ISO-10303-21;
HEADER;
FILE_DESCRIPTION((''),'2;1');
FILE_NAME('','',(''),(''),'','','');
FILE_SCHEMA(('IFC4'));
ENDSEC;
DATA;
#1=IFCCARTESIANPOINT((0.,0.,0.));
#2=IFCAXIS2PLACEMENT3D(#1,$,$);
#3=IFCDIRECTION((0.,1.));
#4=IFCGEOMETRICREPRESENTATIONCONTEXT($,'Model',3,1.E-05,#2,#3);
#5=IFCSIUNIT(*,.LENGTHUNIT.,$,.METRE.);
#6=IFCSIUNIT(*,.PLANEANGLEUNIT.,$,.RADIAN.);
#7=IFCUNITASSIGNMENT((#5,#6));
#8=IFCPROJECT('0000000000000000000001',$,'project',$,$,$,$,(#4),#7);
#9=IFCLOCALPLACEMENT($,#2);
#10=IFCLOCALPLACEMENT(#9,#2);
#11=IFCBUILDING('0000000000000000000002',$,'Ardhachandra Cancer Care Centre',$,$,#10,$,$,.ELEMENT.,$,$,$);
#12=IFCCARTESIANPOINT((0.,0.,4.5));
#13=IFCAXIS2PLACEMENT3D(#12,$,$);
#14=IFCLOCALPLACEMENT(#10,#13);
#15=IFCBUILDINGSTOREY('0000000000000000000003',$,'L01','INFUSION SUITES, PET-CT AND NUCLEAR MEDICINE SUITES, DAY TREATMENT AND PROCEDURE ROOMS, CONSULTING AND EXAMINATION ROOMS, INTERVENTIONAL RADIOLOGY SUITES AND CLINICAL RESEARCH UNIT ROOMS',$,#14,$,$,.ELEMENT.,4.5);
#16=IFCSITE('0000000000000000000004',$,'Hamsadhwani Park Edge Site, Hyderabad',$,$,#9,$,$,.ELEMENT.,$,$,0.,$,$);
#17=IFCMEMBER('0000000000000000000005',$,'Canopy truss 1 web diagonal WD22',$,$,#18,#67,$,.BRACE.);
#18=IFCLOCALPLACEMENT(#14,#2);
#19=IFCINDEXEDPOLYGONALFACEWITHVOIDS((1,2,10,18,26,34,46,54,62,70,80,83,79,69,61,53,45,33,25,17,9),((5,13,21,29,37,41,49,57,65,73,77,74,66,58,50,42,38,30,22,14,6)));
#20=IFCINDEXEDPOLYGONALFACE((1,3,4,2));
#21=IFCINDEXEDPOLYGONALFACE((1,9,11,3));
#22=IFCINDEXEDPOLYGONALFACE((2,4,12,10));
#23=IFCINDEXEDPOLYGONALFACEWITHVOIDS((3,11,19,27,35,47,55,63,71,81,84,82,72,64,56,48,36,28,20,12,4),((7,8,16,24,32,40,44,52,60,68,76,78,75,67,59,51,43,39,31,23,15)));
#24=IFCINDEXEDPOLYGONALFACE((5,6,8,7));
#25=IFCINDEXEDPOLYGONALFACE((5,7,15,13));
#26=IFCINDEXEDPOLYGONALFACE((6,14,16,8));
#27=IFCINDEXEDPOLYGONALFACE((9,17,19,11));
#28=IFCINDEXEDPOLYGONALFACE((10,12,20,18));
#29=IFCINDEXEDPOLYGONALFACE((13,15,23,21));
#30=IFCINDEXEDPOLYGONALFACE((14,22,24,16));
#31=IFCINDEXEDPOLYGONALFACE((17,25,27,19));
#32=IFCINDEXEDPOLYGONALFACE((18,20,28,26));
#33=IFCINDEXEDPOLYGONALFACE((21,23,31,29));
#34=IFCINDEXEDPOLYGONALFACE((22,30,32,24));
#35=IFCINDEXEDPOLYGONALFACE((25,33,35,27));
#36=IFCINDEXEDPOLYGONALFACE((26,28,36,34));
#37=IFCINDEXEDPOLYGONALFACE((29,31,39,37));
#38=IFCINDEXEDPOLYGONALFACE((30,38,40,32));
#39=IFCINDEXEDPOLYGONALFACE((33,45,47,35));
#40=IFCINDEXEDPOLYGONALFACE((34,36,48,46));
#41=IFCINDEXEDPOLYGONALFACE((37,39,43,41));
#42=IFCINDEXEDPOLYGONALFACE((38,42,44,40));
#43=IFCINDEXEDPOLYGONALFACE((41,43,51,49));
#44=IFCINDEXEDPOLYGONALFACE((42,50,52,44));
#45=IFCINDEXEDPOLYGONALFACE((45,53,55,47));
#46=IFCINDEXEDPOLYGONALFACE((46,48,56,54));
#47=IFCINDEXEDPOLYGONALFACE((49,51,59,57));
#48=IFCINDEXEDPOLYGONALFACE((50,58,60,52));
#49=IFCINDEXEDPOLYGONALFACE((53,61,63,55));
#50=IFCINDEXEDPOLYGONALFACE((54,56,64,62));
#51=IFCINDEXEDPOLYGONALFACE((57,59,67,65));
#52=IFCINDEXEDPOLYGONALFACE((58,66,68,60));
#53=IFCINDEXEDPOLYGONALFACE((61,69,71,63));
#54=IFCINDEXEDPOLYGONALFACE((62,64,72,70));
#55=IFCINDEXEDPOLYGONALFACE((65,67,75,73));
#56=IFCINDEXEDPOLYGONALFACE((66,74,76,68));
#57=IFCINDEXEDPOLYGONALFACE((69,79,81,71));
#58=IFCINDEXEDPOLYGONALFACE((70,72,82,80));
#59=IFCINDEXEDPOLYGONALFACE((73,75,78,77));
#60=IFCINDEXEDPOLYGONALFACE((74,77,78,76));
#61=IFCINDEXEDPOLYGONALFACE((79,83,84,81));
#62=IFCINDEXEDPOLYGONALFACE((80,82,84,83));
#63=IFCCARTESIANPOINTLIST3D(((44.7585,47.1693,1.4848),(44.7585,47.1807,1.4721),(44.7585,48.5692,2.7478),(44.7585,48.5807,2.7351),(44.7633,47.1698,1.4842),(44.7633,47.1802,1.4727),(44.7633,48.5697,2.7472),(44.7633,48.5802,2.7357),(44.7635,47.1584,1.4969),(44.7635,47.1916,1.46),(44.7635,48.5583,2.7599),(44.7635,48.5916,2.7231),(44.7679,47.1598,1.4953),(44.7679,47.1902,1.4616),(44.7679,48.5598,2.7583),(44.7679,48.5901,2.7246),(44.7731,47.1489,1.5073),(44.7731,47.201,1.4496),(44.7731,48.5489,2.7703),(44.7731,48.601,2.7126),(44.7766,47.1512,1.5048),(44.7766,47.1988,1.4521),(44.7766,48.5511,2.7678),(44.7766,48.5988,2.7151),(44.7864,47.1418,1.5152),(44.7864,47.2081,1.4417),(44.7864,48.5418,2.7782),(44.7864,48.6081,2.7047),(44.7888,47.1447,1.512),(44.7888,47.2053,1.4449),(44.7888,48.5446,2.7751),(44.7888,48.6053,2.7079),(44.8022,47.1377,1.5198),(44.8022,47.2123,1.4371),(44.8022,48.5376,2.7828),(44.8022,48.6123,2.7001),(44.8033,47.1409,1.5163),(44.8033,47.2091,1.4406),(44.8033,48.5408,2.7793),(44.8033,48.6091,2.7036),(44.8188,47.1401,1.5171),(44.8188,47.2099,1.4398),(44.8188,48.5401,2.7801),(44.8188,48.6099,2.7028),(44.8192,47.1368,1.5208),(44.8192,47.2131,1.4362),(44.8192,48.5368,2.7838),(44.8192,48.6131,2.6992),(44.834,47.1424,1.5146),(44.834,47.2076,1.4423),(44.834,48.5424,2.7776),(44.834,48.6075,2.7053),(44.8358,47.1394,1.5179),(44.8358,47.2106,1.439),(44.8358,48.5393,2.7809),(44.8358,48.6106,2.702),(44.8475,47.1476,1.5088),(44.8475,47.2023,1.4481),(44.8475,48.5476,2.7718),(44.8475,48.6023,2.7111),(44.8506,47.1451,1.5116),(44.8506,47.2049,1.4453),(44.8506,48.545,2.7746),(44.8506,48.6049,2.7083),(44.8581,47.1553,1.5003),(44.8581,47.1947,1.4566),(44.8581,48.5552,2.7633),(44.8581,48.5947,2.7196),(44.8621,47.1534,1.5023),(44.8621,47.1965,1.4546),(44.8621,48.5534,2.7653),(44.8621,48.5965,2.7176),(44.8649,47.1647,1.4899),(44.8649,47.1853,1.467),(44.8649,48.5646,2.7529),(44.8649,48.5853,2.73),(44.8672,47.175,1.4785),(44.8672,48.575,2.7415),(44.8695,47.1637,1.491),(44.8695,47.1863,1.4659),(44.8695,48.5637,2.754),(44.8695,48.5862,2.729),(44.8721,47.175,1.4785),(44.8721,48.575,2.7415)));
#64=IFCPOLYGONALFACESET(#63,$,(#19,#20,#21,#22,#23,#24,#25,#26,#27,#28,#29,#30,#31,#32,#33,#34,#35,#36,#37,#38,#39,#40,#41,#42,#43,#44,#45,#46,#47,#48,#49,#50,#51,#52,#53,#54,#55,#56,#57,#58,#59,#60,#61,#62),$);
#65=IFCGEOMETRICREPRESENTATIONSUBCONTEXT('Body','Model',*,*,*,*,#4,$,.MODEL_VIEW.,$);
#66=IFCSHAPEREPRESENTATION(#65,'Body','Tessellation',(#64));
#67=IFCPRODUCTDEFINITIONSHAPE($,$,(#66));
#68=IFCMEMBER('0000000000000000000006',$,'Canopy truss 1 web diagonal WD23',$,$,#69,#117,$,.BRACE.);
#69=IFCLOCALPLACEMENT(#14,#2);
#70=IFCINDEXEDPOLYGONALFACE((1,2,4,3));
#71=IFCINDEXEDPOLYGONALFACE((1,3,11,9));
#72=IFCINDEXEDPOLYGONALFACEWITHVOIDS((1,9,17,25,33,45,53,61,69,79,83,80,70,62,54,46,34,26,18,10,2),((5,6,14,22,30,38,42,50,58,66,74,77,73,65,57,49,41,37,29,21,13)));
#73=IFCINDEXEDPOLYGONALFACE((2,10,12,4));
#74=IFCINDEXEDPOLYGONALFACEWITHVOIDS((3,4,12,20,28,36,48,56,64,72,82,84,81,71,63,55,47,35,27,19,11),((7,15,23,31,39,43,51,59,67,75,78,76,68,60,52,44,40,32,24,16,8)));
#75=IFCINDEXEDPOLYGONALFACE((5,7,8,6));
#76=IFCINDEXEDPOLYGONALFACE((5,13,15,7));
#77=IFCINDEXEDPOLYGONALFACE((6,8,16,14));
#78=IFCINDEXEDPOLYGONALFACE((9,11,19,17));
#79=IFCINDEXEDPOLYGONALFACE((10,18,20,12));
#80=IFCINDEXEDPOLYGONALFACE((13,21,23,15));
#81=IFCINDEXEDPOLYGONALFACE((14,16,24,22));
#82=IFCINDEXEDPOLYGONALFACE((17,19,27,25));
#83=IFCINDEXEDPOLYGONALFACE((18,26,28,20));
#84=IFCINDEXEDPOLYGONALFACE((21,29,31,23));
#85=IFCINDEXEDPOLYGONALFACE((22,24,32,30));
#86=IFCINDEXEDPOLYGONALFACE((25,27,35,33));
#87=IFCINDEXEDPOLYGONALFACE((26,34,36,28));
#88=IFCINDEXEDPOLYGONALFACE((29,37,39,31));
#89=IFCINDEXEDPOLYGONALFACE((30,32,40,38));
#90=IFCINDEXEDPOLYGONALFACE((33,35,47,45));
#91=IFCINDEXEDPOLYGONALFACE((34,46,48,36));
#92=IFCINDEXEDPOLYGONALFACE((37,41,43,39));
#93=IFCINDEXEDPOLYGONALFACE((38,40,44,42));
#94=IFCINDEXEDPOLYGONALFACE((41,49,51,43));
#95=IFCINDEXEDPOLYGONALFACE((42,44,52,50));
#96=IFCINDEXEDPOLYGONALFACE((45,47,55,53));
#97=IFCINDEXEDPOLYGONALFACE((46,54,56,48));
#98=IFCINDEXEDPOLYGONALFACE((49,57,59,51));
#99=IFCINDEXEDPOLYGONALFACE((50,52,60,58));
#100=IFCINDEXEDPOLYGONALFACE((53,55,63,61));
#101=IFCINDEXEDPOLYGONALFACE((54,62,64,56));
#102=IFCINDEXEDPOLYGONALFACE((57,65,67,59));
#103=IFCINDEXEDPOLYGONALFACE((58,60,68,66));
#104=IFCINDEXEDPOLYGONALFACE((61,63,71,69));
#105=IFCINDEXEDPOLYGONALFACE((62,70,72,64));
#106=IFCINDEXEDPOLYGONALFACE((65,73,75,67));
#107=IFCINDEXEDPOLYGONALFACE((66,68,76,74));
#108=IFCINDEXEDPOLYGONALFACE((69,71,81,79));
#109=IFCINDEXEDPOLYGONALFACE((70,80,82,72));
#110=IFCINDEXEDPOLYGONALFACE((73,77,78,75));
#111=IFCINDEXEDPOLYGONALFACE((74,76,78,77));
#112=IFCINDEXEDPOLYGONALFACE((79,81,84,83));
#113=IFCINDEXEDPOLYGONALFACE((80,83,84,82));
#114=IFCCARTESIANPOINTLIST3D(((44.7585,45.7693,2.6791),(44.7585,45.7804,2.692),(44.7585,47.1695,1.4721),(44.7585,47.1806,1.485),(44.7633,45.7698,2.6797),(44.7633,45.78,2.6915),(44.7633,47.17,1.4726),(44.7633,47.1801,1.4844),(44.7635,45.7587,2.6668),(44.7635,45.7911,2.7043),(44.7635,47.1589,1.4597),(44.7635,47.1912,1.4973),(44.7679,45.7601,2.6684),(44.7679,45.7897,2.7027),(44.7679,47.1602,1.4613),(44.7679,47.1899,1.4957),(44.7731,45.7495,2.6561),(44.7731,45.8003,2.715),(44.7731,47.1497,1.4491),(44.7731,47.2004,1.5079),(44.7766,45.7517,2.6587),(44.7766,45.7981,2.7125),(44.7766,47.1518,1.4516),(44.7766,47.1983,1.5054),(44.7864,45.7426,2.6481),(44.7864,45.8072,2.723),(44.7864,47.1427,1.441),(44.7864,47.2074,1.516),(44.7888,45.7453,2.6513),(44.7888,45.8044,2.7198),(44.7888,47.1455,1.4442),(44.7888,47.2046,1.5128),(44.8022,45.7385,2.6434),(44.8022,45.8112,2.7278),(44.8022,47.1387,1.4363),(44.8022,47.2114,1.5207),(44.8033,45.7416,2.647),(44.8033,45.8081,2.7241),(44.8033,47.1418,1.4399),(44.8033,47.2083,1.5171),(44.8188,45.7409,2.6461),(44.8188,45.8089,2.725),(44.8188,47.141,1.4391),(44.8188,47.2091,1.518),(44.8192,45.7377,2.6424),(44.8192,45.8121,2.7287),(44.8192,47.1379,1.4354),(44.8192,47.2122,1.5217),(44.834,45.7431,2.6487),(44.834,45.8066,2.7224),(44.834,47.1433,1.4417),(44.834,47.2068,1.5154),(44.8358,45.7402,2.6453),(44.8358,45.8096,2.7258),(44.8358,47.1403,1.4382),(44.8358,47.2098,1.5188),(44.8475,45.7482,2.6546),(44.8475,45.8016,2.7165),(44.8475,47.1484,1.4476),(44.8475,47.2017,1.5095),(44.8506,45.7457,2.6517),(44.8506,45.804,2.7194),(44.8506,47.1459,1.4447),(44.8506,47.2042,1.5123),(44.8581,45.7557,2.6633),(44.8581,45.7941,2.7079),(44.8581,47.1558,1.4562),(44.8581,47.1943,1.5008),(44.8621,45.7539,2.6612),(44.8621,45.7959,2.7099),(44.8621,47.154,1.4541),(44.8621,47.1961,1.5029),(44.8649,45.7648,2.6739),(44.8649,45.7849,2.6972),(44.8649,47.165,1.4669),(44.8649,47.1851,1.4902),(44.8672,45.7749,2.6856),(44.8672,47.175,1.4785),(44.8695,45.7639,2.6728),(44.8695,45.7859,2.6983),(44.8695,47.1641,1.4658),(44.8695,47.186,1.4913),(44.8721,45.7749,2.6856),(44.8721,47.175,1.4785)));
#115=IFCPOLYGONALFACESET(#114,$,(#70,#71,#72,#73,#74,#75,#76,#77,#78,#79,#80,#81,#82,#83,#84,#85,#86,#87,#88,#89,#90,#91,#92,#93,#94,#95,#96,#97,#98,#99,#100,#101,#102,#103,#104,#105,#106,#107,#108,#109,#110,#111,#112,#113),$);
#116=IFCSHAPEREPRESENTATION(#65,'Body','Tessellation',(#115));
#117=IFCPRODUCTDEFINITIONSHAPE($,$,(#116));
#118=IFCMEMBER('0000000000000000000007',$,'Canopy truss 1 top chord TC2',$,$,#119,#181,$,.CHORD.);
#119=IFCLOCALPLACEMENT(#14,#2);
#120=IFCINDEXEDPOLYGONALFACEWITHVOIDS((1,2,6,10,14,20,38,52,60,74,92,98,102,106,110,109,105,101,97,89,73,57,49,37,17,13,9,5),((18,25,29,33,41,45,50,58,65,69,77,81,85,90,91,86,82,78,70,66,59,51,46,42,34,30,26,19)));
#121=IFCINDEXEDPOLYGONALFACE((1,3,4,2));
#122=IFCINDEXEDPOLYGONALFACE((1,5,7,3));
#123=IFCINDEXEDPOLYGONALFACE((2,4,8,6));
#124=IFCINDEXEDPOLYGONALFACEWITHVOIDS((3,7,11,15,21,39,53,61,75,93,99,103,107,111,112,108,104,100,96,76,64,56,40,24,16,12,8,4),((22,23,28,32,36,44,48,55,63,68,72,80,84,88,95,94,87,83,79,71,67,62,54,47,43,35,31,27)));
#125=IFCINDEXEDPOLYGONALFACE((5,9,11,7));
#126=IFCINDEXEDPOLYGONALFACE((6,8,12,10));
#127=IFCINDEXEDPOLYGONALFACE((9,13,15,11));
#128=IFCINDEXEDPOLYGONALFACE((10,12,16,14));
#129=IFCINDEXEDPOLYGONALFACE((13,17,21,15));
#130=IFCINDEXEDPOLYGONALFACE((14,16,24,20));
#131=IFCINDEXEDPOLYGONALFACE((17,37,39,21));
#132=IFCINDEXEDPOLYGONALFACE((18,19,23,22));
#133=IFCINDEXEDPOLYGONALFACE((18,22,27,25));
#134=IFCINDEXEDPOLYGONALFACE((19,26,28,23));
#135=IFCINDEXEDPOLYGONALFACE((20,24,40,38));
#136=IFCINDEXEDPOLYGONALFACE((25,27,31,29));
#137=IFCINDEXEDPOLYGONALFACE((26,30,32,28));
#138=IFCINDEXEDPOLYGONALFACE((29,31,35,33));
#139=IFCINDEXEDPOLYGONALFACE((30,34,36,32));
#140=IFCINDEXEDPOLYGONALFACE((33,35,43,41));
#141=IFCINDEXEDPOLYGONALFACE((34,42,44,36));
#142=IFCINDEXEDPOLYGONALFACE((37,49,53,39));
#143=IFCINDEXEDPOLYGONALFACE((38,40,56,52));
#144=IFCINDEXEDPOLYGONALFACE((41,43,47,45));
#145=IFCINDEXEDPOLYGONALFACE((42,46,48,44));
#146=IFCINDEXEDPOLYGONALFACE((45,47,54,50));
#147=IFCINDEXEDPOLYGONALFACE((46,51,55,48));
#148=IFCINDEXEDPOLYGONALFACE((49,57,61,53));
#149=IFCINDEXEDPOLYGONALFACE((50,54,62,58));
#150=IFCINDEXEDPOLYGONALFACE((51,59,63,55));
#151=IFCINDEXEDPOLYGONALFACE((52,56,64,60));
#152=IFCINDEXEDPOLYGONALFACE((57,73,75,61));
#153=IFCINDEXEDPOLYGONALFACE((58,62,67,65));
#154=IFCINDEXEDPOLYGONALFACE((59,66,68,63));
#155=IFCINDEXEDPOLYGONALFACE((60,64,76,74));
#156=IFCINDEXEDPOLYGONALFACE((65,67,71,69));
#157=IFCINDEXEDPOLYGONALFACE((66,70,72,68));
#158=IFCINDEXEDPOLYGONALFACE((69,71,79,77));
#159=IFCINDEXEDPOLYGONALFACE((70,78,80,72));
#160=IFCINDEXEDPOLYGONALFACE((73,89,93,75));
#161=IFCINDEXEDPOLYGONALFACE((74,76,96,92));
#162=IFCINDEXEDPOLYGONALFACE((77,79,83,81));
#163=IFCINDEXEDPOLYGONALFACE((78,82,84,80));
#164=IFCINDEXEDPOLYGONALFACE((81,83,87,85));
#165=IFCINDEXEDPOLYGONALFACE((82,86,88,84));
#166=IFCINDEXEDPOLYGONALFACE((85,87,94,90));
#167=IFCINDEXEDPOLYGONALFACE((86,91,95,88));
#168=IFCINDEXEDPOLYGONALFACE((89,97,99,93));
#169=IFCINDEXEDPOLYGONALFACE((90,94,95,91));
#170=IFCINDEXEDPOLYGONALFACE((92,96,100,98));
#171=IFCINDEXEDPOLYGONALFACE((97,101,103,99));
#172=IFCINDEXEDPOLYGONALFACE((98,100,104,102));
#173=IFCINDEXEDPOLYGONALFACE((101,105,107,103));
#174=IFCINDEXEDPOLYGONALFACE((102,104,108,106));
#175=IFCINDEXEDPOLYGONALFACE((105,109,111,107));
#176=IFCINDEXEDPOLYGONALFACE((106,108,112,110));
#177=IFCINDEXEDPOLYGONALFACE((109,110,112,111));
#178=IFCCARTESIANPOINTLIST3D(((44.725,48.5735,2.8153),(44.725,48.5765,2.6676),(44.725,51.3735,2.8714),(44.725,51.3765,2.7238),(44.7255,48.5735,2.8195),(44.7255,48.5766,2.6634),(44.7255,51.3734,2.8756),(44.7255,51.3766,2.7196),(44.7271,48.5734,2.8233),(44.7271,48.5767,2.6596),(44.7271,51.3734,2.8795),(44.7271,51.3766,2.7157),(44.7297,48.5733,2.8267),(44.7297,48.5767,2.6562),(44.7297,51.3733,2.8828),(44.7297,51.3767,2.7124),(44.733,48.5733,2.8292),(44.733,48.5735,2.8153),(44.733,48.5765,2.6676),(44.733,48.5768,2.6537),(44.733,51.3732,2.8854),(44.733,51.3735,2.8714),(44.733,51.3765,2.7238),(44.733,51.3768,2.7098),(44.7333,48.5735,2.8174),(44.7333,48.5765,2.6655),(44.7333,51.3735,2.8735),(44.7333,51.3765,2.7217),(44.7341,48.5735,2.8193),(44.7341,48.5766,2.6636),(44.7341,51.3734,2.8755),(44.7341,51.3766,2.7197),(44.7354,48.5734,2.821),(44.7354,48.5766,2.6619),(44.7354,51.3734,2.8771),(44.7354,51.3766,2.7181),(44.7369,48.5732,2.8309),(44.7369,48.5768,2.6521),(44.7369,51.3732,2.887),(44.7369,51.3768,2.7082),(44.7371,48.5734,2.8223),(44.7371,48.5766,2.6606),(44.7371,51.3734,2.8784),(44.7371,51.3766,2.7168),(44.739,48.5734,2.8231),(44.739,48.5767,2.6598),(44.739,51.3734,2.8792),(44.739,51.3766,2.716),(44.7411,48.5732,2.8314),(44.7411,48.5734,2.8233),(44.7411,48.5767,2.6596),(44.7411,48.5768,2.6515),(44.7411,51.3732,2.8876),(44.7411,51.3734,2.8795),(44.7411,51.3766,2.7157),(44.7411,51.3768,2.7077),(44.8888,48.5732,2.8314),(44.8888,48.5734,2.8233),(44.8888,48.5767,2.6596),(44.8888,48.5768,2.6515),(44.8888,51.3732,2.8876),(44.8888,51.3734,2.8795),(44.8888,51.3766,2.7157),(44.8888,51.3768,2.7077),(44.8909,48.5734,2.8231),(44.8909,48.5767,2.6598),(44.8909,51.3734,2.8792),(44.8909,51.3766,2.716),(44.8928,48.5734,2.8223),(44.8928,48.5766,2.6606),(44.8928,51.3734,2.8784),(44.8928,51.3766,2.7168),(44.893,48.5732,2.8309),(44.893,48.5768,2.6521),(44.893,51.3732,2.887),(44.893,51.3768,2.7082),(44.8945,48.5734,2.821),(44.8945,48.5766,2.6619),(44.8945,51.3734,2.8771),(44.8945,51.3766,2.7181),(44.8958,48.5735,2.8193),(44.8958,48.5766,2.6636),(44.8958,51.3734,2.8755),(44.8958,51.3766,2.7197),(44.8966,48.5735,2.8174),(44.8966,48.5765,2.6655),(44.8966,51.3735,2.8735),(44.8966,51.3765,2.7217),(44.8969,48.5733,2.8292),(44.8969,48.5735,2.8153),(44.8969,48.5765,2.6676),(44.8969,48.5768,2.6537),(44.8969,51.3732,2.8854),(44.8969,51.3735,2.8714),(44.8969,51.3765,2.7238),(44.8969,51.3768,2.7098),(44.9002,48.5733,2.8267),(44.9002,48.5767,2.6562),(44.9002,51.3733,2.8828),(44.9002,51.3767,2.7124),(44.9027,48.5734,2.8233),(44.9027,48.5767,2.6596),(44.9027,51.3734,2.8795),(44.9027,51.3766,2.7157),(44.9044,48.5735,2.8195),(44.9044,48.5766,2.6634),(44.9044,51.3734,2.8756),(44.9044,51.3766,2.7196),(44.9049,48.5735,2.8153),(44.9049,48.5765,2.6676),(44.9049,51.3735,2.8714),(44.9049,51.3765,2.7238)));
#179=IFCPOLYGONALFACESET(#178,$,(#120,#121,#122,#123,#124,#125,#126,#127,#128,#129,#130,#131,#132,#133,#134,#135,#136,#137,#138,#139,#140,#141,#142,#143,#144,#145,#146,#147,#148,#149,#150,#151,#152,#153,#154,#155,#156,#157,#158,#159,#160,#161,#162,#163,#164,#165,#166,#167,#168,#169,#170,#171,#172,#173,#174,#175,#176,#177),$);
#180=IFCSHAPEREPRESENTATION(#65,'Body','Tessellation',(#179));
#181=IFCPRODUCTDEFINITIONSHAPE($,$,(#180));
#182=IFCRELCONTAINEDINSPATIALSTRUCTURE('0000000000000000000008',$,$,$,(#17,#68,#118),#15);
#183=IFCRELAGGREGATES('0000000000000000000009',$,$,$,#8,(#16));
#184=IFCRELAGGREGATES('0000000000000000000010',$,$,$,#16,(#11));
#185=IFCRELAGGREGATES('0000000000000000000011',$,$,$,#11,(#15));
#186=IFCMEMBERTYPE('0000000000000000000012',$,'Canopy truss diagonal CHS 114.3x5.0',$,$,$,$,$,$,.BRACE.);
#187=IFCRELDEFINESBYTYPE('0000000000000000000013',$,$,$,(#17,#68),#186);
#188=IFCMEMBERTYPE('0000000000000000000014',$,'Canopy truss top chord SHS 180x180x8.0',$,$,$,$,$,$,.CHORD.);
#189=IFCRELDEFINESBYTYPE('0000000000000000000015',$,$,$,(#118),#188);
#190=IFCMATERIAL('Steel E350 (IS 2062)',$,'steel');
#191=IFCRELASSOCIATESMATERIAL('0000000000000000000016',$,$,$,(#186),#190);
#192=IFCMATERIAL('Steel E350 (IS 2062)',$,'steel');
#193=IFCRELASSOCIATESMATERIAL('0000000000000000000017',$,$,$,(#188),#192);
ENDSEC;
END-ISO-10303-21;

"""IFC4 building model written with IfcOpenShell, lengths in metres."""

from ifc_helpers import new_model, si_unit, direction, frame, origin, origin_2d, place, context, subcontext, project, spatial, hollow_rectangle, hollow_circle, extrude, material, material_profile, profile_set, type_object, element, save


model = new_model("IFC4")

# Units and contexts
model_context = context("Model", 3, precision=1e-05, world=origin(), true_north=direction((0.0, 1.0)))
body_context = subcontext(model_context, "Body", "Model", "MODEL_VIEW")
ifc_project = project(units=[si_unit("LENGTHUNIT", "METRE"), si_unit("PLANEANGLEUNIT", "RADIAN")], contexts=[model_context])

# Site, building, storey
site_placement = place(None, origin())
site = spatial("IfcSite", under=ifc_project, at=site_placement, Name="Hamsadhwani Park Edge Site, Hyderabad", CompositionType="ELEMENT", RefElevation=0.0)
building_placement = place(site_placement, origin())
building = spatial("IfcBuilding", under=site, at=building_placement, Name="Ardhachandra Cancer Care Centre", CompositionType="ELEMENT")
storey_placement = place(building_placement, frame((0.0, 0.0, 4.5)))
storey = spatial("IfcBuildingStorey", under=building, at=storey_placement, Name="L01", Description="INFUSION SUITES, PET-CT AND NUCLEAR MEDICINE SUITES, DAY TREATMENT AND PROCEDURE ROOMS, CONSULTING AND EXAMINATION ROOMS, INTERVENTIONAL RADIOLOGY SUITES AND CLINICAL RESEARCH UNIT ROOMS", CompositionType="ELEMENT", Elevation=4.5)

# Members
ifc_material_1 = material(Name="Steel E350 (IS 2062)", Category="steel")
ifc_material_profile_1 = material_profile(ifc_material_1, hollow_circle(Radius=0.0571, WallThickness=0.0049, at=origin_2d()), Name="CHS 114.3x5.0")
ifc_profile_set_1 = profile_set([ifc_material_profile_1], Name="Steel E350 (IS 2062)")
member_type_1 = type_object("IfcMemberType", Name="Canopy truss diagonal CHS 114.3x5.0", PredefinedType="BRACE", material=ifc_profile_set_1)
member_1_placement = place(storey_placement, frame((44.8149, 48.575, 2.7415), z_axis=(0.0, -0.742495, -0.669851), x_axis=(1.0, 0.0, 0.0)))
element("IfcMember", 1, at=member_1_placement, inside=storey, type_object=member_type_1, Name="Canopy truss 1 web diagonal WD22", PredefinedType="BRACE", context=body_context, shape_type="SweptSolid", body=[
    extrude(hollow_circle(Radius=0.0571, WallThickness=0.0049, at=origin_2d()), origin(), (0.0, 0.0, 1.0), 1.8855),
])
member_2_placement = place(storey_placement, frame((44.8149, 47.175, 1.4785), z_axis=(0.0, -0.757408, 0.652942), x_axis=(1.0, 0.0, 0.0)))
element("IfcMember", 2, at=member_2_placement, inside=storey, type_object=member_type_1, Name="Canopy truss 1 web diagonal WD23", PredefinedType="BRACE", context=body_context, shape_type="SweptSolid", body=[
    extrude(hollow_circle(Radius=0.0571, WallThickness=0.0049, at=origin_2d()), origin(), (0.0, 0.0, 1.0), 1.8486),
])
ifc_material_2 = material(Name="Steel E350 (IS 2062)", Category="steel")
ifc_material_profile_2 = material_profile(ifc_material_2, hollow_rectangle(XDim=0.1799, YDim=0.1799, WallThickness=0.0081, InnerFilletRadius=0.0081, OuterFilletRadius=0.0161, at=origin_2d()), Name="SHS 180x180x8.0")
ifc_profile_set_2 = profile_set([ifc_material_profile_2], Name="Steel E350 (IS 2062)")
member_type_2 = type_object("IfcMemberType", Name="Canopy truss top chord SHS 180x180x8.0", PredefinedType="CHORD", material=ifc_profile_set_2)
for number, where, z_axis, x_axis, name in (
    (3, (44.8149, 51.375, 2.7976), (0.0, -0.999799, -0.02005), (1.0, 0.0, 0.0), "Canopy truss 1 top chord TC2"),
):
    element("IfcMember", number, at=place(storey_placement, frame(where, z_axis=z_axis, x_axis=x_axis)), inside=storey, type_object=member_type_2, Name=name, PredefinedType="CHORD", context=body_context, shape_type="SweptSolid", body=[
        extrude(hollow_rectangle(XDim=0.1799, YDim=0.1799, WallThickness=0.0081, InnerFilletRadius=0.0081, OuterFilletRadius=0.0161, at=origin_2d()), origin(), (0.0, 0.0, 1.0), 2.8005),
    ])

save(model, "model.ifc")
